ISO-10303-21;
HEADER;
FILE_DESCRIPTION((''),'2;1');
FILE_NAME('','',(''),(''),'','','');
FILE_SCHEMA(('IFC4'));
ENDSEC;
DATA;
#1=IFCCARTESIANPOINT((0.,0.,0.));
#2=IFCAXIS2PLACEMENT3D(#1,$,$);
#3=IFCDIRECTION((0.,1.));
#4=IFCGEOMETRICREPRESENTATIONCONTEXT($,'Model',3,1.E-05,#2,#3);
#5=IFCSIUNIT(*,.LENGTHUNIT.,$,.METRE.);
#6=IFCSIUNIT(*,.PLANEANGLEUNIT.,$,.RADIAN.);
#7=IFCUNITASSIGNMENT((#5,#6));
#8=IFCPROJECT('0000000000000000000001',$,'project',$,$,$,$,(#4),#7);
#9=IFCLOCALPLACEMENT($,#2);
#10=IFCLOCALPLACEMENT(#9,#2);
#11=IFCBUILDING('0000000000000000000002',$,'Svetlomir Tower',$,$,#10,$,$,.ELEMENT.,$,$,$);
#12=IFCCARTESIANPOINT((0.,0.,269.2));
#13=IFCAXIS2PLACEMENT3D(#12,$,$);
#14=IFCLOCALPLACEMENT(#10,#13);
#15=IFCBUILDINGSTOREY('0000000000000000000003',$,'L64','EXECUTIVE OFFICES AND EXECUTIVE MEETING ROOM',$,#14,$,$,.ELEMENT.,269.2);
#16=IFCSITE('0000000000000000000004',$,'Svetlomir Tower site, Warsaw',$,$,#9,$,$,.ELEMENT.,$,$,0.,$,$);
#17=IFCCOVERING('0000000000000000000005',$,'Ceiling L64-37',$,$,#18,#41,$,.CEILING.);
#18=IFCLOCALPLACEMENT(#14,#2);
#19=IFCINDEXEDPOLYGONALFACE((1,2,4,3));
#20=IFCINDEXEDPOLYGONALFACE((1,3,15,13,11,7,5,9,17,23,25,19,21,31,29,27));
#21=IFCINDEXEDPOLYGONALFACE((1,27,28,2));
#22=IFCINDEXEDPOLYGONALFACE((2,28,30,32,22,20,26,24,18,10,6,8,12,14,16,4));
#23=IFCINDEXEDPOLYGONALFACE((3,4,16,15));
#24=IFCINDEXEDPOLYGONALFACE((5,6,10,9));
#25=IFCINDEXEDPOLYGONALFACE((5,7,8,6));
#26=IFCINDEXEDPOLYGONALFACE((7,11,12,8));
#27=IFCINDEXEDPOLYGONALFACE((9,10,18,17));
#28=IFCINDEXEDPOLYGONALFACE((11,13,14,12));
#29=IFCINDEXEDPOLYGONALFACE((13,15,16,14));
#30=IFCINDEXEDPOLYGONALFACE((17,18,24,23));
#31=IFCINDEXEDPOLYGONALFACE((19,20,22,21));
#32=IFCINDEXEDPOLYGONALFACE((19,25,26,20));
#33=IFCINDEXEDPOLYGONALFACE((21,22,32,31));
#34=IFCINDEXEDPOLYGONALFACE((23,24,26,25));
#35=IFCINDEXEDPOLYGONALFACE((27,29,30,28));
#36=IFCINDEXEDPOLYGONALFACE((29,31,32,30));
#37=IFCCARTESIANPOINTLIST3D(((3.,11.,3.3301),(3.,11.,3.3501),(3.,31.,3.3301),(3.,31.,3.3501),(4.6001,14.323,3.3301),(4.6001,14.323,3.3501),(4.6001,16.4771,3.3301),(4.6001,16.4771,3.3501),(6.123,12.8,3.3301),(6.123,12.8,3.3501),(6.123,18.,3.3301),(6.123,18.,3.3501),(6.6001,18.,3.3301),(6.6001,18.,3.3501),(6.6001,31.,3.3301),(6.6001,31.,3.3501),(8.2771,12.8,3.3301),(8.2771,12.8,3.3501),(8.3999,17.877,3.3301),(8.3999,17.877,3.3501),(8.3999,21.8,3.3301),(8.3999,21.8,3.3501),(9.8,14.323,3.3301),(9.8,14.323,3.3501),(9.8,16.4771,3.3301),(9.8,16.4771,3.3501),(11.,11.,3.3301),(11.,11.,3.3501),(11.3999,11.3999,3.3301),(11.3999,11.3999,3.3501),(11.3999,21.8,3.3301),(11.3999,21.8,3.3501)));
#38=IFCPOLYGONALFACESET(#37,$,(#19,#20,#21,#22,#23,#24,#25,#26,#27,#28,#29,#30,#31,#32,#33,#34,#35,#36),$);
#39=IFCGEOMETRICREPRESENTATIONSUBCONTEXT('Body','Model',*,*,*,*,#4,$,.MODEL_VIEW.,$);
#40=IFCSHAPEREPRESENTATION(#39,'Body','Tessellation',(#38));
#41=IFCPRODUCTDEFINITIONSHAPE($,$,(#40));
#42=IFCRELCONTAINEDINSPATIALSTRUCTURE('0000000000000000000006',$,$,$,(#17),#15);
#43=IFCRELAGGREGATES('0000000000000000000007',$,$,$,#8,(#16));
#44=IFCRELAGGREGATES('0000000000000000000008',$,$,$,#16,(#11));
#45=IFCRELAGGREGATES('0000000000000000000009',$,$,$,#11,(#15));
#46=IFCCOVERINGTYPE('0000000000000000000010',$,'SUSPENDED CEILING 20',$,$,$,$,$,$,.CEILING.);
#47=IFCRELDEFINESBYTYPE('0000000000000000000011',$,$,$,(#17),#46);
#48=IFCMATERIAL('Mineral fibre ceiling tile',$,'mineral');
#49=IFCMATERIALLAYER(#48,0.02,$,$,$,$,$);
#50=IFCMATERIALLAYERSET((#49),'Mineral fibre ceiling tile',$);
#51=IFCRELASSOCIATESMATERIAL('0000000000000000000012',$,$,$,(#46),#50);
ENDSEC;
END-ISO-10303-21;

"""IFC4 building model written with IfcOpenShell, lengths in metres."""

from ifc_helpers import new_model, si_unit, direction, frame, origin, place, context, subcontext, project, spatial, polyline, outline, extrude, material, layer, layer_set, type_object, element, save


model = new_model("IFC4")

# Units and contexts
model_context = context("Model", 3, precision=1e-05, world=origin(), true_north=direction((0.0, 1.0)))
body_context = subcontext(model_context, "Body", "Model", "MODEL_VIEW")
ifc_project = project(units=[si_unit("LENGTHUNIT", "METRE"), si_unit("PLANEANGLEUNIT", "RADIAN")], contexts=[model_context])

# Site, building, storey
site_placement = place(None, origin())
site = spatial("IfcSite", under=ifc_project, at=site_placement, Name="Svetlomir Tower site, Warsaw", CompositionType="ELEMENT", RefElevation=0.0)
building_placement = place(site_placement, origin())
building = spatial("IfcBuilding", under=site, at=building_placement, Name="Svetlomir Tower", CompositionType="ELEMENT")
storey_placement = place(building_placement, frame((0.0, 0.0, 269.2)))
storey = spatial("IfcBuildingStorey", under=building, at=storey_placement, Name="L64", Description="EXECUTIVE OFFICES AND EXECUTIVE MEETING ROOM", CompositionType="ELEMENT", Elevation=269.2)

# Covering
ifc_material_1 = material(Name="Mineral fibre ceiling tile", Category="mineral")
ifc_layer_1 = layer(ifc_material_1, 0.02)
ifc_layer_set_1 = layer_set([ifc_layer_1], Name="Mineral fibre ceiling tile")
covering_type_1 = type_object("IfcCoveringType", Name="SUSPENDED CEILING 20", PredefinedType="CEILING", material=ifc_layer_set_1)
covering_1_placement = place(storey_placement, frame((0.0, 0.0, 3.3301)))
element("IfcCovering", 1, at=covering_1_placement, inside=storey, type_object=covering_type_1, Name="Ceiling L64-37", PredefinedType="CEILING", context=body_context, shape_type="SweptSolid", body=[
    extrude(outline(polyline([(3.0, 31.0), (6.6001, 31.0), (6.6001, 18.0), (6.123, 18.0), (4.6001, 16.4771), (4.6001, 14.323), (6.123, 12.8), (8.2771, 12.8), (9.8, 14.323), (9.8, 16.4771), (8.3999, 17.877), (8.3999, 21.8), (11.3999, 21.8), (11.3999, 11.3999), (11.0, 11.0), (3.0, 11.0), (3.0, 31.0)])), origin(), (0.0, 0.0, 1.0), 0.02),
])

save(model, "model.ifc")
